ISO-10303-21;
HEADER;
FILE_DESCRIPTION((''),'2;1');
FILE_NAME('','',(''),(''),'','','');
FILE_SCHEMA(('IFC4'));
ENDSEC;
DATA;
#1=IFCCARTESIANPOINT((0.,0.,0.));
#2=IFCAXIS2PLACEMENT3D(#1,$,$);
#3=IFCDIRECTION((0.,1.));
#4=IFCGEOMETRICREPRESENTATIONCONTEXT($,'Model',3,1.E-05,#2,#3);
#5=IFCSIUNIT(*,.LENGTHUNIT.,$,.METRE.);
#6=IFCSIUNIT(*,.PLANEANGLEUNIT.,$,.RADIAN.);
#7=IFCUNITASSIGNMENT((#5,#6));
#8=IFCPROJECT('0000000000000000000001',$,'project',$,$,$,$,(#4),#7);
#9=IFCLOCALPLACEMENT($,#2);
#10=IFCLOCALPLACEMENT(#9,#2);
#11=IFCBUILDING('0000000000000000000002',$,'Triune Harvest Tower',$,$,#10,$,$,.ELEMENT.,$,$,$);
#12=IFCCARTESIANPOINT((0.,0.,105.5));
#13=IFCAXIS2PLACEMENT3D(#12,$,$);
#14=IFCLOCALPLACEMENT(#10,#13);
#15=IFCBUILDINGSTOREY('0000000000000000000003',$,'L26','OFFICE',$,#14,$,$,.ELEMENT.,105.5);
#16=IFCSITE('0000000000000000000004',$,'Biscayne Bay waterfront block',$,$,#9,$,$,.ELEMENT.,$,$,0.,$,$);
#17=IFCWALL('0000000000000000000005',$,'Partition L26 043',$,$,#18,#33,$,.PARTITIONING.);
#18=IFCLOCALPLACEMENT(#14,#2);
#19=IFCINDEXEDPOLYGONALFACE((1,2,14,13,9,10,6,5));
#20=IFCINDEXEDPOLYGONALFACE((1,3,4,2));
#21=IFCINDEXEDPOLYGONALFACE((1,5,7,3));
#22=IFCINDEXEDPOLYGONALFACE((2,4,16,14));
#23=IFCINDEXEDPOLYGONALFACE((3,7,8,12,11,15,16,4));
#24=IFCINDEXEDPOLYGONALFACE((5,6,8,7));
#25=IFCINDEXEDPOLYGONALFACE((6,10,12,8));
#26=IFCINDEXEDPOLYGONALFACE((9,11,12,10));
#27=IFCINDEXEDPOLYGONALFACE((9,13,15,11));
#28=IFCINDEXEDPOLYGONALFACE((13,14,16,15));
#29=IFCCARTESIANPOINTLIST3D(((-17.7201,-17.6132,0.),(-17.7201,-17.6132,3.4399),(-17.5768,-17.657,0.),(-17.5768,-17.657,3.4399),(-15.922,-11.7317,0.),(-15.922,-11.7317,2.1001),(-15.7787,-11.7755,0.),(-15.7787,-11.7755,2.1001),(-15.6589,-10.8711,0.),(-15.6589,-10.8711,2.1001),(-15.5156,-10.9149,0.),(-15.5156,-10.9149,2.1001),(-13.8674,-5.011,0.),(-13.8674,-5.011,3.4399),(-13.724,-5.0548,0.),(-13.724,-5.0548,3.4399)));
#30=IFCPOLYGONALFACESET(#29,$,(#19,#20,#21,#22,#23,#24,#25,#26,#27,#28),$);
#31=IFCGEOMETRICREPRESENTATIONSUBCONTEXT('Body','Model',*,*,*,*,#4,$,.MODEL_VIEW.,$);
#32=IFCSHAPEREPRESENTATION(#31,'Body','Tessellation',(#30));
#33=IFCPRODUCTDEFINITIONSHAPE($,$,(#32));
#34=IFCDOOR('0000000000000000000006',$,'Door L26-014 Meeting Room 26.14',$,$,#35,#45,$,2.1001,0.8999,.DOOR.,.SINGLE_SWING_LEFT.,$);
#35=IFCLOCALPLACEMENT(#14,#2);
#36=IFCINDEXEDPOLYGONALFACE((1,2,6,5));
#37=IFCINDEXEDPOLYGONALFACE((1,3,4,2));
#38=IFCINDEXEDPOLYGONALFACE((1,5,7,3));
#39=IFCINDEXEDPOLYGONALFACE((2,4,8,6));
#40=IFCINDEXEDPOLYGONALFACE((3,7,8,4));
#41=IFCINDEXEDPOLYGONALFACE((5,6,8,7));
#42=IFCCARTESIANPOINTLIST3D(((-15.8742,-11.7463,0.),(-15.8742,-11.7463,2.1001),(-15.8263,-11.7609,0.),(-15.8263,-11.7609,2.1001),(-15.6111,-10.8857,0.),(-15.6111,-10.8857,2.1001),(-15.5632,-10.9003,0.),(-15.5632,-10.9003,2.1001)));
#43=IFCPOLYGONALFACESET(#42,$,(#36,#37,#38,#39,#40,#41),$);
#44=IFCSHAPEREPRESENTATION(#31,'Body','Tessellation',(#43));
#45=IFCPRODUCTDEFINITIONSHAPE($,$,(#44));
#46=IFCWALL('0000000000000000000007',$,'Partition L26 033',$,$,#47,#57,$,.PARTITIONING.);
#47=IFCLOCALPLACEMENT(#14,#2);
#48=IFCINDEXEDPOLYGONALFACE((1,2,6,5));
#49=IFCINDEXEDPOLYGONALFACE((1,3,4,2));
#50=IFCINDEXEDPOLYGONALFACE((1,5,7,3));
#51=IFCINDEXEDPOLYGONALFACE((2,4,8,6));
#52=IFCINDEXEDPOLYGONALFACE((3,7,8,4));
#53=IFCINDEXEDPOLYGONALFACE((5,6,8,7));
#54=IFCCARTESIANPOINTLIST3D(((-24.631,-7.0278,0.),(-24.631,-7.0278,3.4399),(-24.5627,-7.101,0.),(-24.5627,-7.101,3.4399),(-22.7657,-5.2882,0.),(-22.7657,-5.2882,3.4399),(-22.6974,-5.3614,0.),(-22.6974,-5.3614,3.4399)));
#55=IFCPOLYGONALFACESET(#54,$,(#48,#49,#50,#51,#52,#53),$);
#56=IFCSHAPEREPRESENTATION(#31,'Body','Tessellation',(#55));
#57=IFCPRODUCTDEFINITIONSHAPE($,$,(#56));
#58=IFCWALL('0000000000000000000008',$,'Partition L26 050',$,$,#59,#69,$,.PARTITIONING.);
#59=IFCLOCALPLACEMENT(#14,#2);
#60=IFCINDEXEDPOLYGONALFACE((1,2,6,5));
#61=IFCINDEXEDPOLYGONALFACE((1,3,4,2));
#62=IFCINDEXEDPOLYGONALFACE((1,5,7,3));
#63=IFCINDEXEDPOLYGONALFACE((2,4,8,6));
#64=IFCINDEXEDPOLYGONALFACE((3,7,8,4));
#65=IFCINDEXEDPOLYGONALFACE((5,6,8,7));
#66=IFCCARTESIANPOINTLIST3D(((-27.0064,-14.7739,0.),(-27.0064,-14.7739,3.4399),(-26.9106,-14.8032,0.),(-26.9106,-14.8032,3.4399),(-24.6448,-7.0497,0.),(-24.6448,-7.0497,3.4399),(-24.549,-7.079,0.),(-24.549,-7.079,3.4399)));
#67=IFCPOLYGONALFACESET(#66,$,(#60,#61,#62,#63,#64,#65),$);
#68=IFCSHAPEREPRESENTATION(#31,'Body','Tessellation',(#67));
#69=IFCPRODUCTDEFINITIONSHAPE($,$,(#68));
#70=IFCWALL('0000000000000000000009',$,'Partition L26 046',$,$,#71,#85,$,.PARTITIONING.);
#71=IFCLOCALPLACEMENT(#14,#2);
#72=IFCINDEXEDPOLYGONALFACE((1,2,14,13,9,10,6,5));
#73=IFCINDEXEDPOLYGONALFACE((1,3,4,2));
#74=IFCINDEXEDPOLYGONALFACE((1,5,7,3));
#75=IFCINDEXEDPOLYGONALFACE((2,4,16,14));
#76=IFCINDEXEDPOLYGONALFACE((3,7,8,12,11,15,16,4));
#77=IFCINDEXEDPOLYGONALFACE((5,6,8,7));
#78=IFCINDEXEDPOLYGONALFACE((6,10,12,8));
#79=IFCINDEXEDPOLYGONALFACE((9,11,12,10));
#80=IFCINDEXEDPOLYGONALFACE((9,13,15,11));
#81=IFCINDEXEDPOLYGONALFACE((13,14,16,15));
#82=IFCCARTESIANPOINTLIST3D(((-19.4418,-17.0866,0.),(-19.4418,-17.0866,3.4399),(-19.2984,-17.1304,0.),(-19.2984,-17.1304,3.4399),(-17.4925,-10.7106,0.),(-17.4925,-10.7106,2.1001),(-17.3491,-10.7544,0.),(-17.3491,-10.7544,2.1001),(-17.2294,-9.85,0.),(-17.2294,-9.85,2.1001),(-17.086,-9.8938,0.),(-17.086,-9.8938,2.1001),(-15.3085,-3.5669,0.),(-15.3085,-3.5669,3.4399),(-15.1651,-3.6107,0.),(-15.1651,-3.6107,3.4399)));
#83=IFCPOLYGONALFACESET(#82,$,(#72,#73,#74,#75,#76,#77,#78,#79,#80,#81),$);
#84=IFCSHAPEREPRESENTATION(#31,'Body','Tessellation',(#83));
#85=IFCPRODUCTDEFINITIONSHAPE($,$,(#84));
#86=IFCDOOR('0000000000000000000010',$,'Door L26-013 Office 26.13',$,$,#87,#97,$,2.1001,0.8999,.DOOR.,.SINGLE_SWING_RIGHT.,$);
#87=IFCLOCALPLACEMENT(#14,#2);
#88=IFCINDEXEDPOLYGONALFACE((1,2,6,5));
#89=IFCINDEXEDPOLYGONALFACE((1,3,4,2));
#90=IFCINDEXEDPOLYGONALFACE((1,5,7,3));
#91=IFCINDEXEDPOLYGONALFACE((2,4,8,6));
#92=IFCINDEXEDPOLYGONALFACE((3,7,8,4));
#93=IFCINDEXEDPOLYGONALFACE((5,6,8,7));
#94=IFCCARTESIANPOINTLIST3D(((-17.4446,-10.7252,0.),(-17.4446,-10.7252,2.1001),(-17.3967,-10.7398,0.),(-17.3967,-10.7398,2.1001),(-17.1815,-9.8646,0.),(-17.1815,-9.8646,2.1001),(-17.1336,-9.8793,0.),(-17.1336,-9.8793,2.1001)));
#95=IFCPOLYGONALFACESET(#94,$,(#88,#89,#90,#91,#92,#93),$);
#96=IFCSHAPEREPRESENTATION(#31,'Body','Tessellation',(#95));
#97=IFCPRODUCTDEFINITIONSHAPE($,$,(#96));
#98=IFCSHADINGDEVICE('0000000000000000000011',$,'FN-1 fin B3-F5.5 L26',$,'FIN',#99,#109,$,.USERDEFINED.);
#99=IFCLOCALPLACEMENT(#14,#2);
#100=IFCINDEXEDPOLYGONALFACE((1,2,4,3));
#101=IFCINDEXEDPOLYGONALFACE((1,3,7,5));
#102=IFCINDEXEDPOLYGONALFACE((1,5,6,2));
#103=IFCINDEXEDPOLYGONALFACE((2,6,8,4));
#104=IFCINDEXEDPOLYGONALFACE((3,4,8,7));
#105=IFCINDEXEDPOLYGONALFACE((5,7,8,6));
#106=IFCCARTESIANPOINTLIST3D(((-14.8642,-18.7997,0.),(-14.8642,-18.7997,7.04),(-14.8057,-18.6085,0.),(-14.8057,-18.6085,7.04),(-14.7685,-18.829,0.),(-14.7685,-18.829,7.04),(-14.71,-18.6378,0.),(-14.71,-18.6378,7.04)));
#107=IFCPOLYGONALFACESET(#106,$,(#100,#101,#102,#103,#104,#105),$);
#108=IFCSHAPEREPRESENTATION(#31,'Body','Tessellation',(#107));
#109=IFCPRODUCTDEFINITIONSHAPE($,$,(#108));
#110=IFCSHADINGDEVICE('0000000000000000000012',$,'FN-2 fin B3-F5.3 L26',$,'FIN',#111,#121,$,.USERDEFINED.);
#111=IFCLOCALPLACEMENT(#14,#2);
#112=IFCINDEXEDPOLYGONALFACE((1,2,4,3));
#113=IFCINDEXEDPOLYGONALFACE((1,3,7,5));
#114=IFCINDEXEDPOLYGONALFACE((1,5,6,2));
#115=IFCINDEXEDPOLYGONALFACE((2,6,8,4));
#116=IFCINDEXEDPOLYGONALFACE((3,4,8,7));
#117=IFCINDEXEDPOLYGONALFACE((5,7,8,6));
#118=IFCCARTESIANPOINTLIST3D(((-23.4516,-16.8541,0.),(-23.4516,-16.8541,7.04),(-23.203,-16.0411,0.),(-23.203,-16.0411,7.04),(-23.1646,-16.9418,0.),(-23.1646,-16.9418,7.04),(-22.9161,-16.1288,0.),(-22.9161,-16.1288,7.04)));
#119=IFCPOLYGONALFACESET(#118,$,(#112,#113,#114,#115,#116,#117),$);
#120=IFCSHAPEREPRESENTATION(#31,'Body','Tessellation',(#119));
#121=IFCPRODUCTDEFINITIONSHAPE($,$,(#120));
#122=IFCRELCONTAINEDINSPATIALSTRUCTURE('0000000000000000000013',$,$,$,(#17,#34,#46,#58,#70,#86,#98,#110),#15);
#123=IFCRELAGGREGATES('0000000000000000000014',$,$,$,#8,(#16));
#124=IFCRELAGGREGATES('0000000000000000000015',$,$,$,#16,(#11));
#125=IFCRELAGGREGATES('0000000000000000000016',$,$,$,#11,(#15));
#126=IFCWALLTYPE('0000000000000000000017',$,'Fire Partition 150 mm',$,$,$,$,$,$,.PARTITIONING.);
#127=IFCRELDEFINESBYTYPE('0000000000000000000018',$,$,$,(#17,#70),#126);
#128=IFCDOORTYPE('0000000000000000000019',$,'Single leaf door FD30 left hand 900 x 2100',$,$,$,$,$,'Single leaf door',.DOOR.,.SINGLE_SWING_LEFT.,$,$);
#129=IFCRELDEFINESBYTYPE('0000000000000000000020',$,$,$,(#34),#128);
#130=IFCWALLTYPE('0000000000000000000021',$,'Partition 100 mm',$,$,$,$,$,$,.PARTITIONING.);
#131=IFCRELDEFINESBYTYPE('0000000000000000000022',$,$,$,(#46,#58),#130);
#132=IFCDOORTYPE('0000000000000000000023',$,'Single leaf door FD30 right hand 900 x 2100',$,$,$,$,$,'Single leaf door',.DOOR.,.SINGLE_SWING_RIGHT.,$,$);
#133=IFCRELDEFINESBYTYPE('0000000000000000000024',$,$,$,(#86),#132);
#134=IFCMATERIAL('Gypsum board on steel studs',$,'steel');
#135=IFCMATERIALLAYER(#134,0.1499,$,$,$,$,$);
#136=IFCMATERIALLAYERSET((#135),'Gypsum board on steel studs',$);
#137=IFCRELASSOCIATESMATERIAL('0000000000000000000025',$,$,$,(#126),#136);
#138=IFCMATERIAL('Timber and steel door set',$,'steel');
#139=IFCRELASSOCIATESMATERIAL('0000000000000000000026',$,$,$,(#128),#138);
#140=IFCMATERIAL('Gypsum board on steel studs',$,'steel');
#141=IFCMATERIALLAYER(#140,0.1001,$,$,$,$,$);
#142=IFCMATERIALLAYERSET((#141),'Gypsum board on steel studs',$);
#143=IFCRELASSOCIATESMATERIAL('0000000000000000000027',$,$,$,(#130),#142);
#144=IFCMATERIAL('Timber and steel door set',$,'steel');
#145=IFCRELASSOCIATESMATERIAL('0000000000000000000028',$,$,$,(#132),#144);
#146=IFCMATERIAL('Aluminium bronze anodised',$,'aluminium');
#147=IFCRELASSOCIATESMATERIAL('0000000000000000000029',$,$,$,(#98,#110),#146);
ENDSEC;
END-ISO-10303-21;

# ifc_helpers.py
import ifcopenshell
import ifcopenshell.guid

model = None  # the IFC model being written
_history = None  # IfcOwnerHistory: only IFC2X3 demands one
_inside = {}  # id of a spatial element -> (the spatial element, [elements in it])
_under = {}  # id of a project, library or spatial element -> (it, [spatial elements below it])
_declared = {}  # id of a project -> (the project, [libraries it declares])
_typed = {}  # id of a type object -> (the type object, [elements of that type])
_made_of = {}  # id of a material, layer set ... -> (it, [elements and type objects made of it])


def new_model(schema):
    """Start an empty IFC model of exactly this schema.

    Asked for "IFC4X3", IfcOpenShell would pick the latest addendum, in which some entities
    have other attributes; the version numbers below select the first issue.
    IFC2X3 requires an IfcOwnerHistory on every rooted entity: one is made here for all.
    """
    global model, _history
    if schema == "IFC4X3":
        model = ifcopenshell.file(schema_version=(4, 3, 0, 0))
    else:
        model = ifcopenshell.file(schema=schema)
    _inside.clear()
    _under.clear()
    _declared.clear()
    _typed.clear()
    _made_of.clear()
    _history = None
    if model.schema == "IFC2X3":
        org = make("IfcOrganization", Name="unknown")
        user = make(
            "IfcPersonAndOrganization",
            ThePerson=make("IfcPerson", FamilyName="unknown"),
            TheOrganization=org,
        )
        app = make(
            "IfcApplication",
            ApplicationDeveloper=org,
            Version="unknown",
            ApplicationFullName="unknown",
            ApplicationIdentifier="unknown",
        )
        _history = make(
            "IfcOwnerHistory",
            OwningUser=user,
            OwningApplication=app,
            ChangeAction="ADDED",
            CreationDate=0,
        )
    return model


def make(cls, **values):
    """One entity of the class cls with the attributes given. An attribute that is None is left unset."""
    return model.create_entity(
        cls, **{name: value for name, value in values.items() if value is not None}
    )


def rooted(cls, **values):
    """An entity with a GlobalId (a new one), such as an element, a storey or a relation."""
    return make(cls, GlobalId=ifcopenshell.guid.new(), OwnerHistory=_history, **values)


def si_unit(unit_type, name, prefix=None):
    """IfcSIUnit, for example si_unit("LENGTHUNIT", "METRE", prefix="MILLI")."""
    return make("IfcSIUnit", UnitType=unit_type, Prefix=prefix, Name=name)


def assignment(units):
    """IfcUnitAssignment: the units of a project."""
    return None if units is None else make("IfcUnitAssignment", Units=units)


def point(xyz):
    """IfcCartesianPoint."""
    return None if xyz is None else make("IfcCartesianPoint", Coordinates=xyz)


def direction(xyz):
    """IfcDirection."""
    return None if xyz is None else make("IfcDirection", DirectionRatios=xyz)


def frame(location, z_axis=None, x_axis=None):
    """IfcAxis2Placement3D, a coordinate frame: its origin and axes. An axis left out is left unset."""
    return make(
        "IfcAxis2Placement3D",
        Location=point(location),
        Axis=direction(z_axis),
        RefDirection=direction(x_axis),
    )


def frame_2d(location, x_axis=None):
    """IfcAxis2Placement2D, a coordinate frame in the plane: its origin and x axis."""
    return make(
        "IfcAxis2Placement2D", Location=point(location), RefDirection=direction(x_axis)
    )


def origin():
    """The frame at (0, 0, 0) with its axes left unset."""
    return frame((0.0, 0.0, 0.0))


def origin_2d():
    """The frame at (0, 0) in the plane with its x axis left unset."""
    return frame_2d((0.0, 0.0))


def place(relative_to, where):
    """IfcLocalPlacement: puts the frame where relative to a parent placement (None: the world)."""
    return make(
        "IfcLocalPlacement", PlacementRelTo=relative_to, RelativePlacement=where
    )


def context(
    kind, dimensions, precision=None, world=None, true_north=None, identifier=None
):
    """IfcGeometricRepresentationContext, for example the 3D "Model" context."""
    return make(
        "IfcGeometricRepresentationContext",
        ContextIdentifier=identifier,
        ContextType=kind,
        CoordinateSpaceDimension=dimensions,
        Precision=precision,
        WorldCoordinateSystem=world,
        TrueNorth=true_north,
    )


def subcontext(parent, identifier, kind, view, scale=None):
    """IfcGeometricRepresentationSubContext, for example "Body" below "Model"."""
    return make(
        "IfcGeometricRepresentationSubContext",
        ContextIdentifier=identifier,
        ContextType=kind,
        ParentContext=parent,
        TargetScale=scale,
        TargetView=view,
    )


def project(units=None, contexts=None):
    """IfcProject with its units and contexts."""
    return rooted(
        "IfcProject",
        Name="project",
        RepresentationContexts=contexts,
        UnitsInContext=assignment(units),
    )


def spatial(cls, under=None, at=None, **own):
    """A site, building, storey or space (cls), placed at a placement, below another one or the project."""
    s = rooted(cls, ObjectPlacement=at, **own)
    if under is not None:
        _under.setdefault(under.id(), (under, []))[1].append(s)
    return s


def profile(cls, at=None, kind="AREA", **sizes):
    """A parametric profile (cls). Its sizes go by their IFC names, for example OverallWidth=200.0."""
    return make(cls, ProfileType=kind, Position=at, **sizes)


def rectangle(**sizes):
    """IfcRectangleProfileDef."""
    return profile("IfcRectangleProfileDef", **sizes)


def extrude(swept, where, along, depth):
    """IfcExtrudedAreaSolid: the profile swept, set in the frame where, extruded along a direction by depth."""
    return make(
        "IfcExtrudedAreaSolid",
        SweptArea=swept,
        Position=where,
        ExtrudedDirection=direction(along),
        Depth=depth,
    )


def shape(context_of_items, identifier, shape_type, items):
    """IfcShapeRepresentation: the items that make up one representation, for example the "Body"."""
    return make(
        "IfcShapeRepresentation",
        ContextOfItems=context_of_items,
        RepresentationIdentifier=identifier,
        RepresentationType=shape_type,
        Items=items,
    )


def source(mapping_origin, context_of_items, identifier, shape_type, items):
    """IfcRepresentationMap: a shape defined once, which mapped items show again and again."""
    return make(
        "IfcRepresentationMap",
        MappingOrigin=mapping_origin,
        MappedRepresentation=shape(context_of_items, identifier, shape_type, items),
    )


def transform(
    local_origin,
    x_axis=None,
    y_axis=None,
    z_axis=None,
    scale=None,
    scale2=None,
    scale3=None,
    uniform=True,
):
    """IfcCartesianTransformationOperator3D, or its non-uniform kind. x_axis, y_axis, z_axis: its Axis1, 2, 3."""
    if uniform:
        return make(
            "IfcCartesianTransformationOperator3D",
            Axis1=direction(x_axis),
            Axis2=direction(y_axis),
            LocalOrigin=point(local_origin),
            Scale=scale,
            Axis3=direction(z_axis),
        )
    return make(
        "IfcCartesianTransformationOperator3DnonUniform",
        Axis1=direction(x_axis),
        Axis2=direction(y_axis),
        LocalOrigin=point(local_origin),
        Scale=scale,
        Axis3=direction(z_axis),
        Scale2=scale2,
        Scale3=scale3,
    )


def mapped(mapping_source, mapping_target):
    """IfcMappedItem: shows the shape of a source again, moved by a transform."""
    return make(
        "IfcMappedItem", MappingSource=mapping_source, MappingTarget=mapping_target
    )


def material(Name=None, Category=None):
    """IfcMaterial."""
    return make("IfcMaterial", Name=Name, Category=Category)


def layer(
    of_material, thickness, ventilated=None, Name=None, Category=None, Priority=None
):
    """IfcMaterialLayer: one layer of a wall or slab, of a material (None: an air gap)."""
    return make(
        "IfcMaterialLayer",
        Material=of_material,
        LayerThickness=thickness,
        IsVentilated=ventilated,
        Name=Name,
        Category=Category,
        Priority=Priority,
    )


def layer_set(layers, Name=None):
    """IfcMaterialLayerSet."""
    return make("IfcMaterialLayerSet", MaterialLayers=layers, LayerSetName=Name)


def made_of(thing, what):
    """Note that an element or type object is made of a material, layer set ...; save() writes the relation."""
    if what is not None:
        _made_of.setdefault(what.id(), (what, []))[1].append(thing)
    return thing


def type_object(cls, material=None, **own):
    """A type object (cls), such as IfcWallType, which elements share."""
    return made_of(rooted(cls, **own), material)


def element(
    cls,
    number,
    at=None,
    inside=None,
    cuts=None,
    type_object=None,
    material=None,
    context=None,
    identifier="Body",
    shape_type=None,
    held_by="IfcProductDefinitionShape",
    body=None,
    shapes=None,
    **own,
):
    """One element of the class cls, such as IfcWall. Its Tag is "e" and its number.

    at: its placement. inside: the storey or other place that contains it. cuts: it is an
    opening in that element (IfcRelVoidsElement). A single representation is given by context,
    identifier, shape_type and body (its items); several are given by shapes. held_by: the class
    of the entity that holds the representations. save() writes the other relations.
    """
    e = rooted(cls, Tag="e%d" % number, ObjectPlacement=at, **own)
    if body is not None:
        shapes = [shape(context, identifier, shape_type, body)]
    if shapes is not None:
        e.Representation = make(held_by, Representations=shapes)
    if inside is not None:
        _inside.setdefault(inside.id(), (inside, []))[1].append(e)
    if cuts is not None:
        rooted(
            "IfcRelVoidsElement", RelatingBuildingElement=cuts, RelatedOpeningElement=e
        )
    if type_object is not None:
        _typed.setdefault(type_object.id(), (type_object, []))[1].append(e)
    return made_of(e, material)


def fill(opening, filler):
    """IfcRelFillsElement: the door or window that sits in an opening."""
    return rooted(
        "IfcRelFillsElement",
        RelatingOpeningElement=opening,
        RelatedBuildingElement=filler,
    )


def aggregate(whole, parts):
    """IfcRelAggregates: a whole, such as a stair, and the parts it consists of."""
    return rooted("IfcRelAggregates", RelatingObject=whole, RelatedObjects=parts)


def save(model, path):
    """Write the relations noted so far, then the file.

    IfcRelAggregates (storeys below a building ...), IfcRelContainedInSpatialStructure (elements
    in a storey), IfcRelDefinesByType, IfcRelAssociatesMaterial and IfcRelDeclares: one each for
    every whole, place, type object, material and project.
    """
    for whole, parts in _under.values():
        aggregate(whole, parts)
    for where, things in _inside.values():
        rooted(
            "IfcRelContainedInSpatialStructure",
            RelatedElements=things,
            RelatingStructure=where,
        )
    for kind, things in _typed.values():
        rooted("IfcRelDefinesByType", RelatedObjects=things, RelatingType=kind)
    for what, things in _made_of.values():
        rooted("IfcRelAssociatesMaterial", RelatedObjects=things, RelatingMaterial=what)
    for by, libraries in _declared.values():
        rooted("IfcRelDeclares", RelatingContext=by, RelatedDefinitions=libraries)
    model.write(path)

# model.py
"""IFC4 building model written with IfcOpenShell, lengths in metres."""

from ifc_helpers import new_model, si_unit, direction, frame, frame_2d, origin, origin_2d, place, context, subcontext, project, spatial, rectangle, extrude, source, transform, mapped, material, layer, layer_set, type_object, element, fill, save


model = new_model("IFC4")

# Units and contexts
model_context = context("Model", 3, precision=1e-05, world=origin(), true_north=direction((0.0, 1.0)))
body_context = subcontext(model_context, "Body", "Model", "MODEL_VIEW")
ifc_project = project(units=[si_unit("LENGTHUNIT", "METRE"), si_unit("PLANEANGLEUNIT", "RADIAN")], contexts=[model_context])

# Site, building, storey
site_placement = place(None, origin())
site = spatial("IfcSite", under=ifc_project, at=site_placement, Name="Biscayne Bay waterfront block", CompositionType="ELEMENT", RefElevation=0.0)
building_placement = place(site_placement, origin())
building = spatial("IfcBuilding", under=site, at=building_placement, Name="Triune Harvest Tower", CompositionType="ELEMENT")
storey_placement = place(building_placement, frame((0.0, 0.0, 105.5)))
storey = spatial("IfcBuildingStorey", under=building, at=storey_placement, Name="L26", Description="OFFICE", CompositionType="ELEMENT", Elevation=105.5)

# Wall, opening, door
ifc_material_1 = material(Name="Gypsum board on steel studs", Category="steel")
ifc_layer_1 = layer(ifc_material_1, 0.1499)
ifc_layer_set_1 = layer_set([ifc_layer_1], Name="Gypsum board on steel studs")
wall_type_1 = type_object("IfcWallType", Name="Fire Partition 150 mm", PredefinedType="PARTITIONING", material=ifc_layer_set_1)
wall_1_placement = place(storey_placement, frame((-17.6484, -17.635, 0.0), z_axis=(0.0, 0.0, 1.0), x_axis=(0.292363, 0.956307, 0.0)))
wall_1 = element("IfcWall", 1, at=wall_1_placement, inside=storey, type_object=wall_type_1, Name="Partition L26 043", PredefinedType="PARTITIONING", context=body_context, shape_type="SweptSolid", body=[
    extrude(rectangle(XDim=13.178, YDim=0.1499, at=frame_2d((6.5889, 0.0))), origin(), (0.0, 0.0, 1.0), 3.4399),
])
opening_1_placement = place(wall_1_placement, frame((6.1501, 0.0, 0.0)))
opening_1 = element("IfcOpeningElement", 2, at=opening_1_placement, cuts=wall_1, PredefinedType="OPENING", context=body_context, shape_type="SweptSolid", body=[
    extrude(rectangle(XDim=0.8999, YDim=2.1001, at=frame_2d((0.45, 1.05))), frame((0.0, 0.085, 0.0), z_axis=(0.0, -1.0, 0.0), x_axis=(1.0, 0.0, 0.0)), (0.0, 0.0, 1.0), 0.1699),
])
ifc_material_2 = material(Name="Timber and steel door set", Category="steel")
door_type_1 = type_object("IfcDoorType", Name="Single leaf door FD30 left hand 900 x 2100", ElementType="Single leaf door", OperationType="SINGLE_SWING_LEFT", PredefinedType="DOOR", material=ifc_material_2)
door_1_placement = place(opening_1_placement, origin())
door_1 = element("IfcDoor", 3, at=door_1_placement, inside=storey, type_object=door_type_1, Name="Door L26-014 Meeting Room 26.14", OperationType="SINGLE_SWING_LEFT", OverallHeight=2.1001, OverallWidth=0.8999, PredefinedType="DOOR", context=body_context, shape_type="SweptSolid", body=[
    extrude(rectangle(XDim=0.8999, YDim=2.1001, at=frame_2d((0.45, 1.05))), frame((0.0, 0.0249, 0.0), z_axis=(0.0, -1.0, 0.0), x_axis=(1.0, 0.0, 0.0)), (0.0, 0.0, 1.0), 0.05),
])
fill(opening_1, door_1)

# Walls
ifc_material_3 = material(Name="Gypsum board on steel studs", Category="steel")
ifc_layer_2 = layer(ifc_material_3, 0.1001)
ifc_layer_set_2 = layer_set([ifc_layer_2], Name="Gypsum board on steel studs")
wall_type_2 = type_object("IfcWallType", Name="Partition 100 mm", PredefinedType="PARTITIONING", material=ifc_layer_set_2)
wall_2_placement = place(storey_placement, frame((-24.5969, -7.0645, 0.0), z_axis=(0.0, 0.0, 1.0), x_axis=(0.731326, 0.682028, 0.0)))
element("IfcWall", 4, at=wall_2_placement, inside=storey, type_object=wall_type_2, Name="Partition L26 033", PredefinedType="PARTITIONING", context=body_context, shape_type="SweptSolid", body=[
    extrude(rectangle(XDim=2.5505, YDim=0.1001, at=frame_2d((1.2754, 0.0))), origin(), (0.0, 0.0, 1.0), 3.4399),
])
wall_3_placement = place(storey_placement, frame((-26.9585, -14.7886, 0.0), z_axis=(0.0, 0.0, 1.0), x_axis=(0.29238, 0.956302, 0.0)))
element("IfcWall", 5, at=wall_3_placement, inside=storey, type_object=wall_type_2, Name="Partition L26 050", PredefinedType="PARTITIONING", context=body_context, shape_type="SweptSolid", body=[
    extrude(rectangle(XDim=8.0771, YDim=0.1001, at=frame_2d((4.0386, 0.0))), origin(), (0.0, 0.0, 1.0), 3.4399),
])

# Wall, opening, door
shared_shape_1 = source(origin(), body_context, "Body", "SweptSolid", [
    extrude(rectangle(XDim=14.1375, YDim=0.1499, at=frame_2d((7.0688, 0.0))), origin(), (0.0, 0.0, 1.0), 3.4399),
])
wall_4_placement = place(storey_placement, frame((-19.3701, -17.1086, 0.0), z_axis=(0.0, 0.0, 1.0), x_axis=(0.292365, 0.956307, 0.0)))
wall_4 = element("IfcWall", 6, at=wall_4_placement, inside=storey, type_object=wall_type_1, Name="Partition L26 046", PredefinedType="PARTITIONING", context=body_context, shape_type="MappedRepresentation", body=[
    mapped(shared_shape_1, transform((0.0, 0.0, 0.0), scale=1.0)),
])
opening_2_placement = place(wall_4_placement, frame((6.6675, 0.0, 0.0)))
opening_2 = element("IfcOpeningElement", 7, at=opening_2_placement, cuts=wall_4, PredefinedType="OPENING", context=body_context, shape_type="SweptSolid", body=[
    extrude(rectangle(XDim=0.8999, YDim=2.1001, at=frame_2d((0.45, 1.05))), frame((0.0, 0.085, 0.0), z_axis=(0.0, -1.0, 0.0), x_axis=(1.0, 0.0, 0.0)), (0.0, 0.0, 1.0), 0.1699),
])
ifc_material_4 = material(Name="Timber and steel door set", Category="steel")
door_type_2 = type_object("IfcDoorType", Name="Single leaf door FD30 right hand 900 x 2100", ElementType="Single leaf door", OperationType="SINGLE_SWING_RIGHT", PredefinedType="DOOR", material=ifc_material_4)
door_2_placement = place(opening_2_placement, origin())
door_2 = element("IfcDoor", 8, at=door_2_placement, inside=storey, type_object=door_type_2, Name="Door L26-013 Office 26.13", OperationType="SINGLE_SWING_RIGHT", OverallHeight=2.1001, OverallWidth=0.8999, PredefinedType="DOOR", context=body_context, shape_type="SweptSolid", body=[
    extrude(rectangle(XDim=0.8999, YDim=2.1001, at=frame_2d((0.45, 1.05))), frame((0.0, 0.0249, 0.0), z_axis=(0.0, -1.0, 0.0), x_axis=(1.0, 0.0, 0.0)), (0.0, 0.0, 1.0), 0.05),
])
fill(opening_2, door_2)

# Shading devices
ifc_material_5 = material(Name="Aluminium bronze anodised", Category="aluminium")
shared_shape_2 = source(origin(), body_context, "Body", "SweptSolid", [
    extrude(rectangle(XDim=0.1001, YDim=0.2, at=origin_2d()), origin(), (0.0, 0.0, 1.0), 7.04),
])
shading_device_1_placement = place(storey_placement, frame((-14.7871, -18.7188, 0.0), z_axis=(0.0, 0.0, 1.0), x_axis=(0.956304, -0.292373, 0.0)))
element("IfcShadingDevice", 9, at=shading_device_1_placement, inside=storey, material=ifc_material_5, Name="FN-1 fin B3-F5.5 L26", ObjectType="FIN", PredefinedType="USERDEFINED", context=body_context, shape_type="MappedRepresentation", body=[
    mapped(shared_shape_2, transform((0.0, 0.0, 0.0), scale=1.0)),
])
shared_shape_3 = source(origin(), body_context, "Body", "SweptSolid", [
    extrude(rectangle(XDim=0.3, YDim=0.8501, at=origin_2d()), origin(), (0.0, 0.0, 1.0), 7.04),
])
shading_device_2_placement = place(storey_placement, frame((-23.1838, -16.4915, 0.0), z_axis=(0.0, 0.0, 1.0), x_axis=(0.956304, -0.292373, 0.0)))
element("IfcShadingDevice", 10, at=shading_device_2_placement, inside=storey, material=ifc_material_5, Name="FN-2 fin B3-F5.3 L26", ObjectType="FIN", PredefinedType="USERDEFINED", context=body_context, shape_type="MappedRepresentation", body=[
    mapped(shared_shape_3, transform((0.0, 0.0, 0.0), scale=1.0)),
])

save(model, "model.ifc")
